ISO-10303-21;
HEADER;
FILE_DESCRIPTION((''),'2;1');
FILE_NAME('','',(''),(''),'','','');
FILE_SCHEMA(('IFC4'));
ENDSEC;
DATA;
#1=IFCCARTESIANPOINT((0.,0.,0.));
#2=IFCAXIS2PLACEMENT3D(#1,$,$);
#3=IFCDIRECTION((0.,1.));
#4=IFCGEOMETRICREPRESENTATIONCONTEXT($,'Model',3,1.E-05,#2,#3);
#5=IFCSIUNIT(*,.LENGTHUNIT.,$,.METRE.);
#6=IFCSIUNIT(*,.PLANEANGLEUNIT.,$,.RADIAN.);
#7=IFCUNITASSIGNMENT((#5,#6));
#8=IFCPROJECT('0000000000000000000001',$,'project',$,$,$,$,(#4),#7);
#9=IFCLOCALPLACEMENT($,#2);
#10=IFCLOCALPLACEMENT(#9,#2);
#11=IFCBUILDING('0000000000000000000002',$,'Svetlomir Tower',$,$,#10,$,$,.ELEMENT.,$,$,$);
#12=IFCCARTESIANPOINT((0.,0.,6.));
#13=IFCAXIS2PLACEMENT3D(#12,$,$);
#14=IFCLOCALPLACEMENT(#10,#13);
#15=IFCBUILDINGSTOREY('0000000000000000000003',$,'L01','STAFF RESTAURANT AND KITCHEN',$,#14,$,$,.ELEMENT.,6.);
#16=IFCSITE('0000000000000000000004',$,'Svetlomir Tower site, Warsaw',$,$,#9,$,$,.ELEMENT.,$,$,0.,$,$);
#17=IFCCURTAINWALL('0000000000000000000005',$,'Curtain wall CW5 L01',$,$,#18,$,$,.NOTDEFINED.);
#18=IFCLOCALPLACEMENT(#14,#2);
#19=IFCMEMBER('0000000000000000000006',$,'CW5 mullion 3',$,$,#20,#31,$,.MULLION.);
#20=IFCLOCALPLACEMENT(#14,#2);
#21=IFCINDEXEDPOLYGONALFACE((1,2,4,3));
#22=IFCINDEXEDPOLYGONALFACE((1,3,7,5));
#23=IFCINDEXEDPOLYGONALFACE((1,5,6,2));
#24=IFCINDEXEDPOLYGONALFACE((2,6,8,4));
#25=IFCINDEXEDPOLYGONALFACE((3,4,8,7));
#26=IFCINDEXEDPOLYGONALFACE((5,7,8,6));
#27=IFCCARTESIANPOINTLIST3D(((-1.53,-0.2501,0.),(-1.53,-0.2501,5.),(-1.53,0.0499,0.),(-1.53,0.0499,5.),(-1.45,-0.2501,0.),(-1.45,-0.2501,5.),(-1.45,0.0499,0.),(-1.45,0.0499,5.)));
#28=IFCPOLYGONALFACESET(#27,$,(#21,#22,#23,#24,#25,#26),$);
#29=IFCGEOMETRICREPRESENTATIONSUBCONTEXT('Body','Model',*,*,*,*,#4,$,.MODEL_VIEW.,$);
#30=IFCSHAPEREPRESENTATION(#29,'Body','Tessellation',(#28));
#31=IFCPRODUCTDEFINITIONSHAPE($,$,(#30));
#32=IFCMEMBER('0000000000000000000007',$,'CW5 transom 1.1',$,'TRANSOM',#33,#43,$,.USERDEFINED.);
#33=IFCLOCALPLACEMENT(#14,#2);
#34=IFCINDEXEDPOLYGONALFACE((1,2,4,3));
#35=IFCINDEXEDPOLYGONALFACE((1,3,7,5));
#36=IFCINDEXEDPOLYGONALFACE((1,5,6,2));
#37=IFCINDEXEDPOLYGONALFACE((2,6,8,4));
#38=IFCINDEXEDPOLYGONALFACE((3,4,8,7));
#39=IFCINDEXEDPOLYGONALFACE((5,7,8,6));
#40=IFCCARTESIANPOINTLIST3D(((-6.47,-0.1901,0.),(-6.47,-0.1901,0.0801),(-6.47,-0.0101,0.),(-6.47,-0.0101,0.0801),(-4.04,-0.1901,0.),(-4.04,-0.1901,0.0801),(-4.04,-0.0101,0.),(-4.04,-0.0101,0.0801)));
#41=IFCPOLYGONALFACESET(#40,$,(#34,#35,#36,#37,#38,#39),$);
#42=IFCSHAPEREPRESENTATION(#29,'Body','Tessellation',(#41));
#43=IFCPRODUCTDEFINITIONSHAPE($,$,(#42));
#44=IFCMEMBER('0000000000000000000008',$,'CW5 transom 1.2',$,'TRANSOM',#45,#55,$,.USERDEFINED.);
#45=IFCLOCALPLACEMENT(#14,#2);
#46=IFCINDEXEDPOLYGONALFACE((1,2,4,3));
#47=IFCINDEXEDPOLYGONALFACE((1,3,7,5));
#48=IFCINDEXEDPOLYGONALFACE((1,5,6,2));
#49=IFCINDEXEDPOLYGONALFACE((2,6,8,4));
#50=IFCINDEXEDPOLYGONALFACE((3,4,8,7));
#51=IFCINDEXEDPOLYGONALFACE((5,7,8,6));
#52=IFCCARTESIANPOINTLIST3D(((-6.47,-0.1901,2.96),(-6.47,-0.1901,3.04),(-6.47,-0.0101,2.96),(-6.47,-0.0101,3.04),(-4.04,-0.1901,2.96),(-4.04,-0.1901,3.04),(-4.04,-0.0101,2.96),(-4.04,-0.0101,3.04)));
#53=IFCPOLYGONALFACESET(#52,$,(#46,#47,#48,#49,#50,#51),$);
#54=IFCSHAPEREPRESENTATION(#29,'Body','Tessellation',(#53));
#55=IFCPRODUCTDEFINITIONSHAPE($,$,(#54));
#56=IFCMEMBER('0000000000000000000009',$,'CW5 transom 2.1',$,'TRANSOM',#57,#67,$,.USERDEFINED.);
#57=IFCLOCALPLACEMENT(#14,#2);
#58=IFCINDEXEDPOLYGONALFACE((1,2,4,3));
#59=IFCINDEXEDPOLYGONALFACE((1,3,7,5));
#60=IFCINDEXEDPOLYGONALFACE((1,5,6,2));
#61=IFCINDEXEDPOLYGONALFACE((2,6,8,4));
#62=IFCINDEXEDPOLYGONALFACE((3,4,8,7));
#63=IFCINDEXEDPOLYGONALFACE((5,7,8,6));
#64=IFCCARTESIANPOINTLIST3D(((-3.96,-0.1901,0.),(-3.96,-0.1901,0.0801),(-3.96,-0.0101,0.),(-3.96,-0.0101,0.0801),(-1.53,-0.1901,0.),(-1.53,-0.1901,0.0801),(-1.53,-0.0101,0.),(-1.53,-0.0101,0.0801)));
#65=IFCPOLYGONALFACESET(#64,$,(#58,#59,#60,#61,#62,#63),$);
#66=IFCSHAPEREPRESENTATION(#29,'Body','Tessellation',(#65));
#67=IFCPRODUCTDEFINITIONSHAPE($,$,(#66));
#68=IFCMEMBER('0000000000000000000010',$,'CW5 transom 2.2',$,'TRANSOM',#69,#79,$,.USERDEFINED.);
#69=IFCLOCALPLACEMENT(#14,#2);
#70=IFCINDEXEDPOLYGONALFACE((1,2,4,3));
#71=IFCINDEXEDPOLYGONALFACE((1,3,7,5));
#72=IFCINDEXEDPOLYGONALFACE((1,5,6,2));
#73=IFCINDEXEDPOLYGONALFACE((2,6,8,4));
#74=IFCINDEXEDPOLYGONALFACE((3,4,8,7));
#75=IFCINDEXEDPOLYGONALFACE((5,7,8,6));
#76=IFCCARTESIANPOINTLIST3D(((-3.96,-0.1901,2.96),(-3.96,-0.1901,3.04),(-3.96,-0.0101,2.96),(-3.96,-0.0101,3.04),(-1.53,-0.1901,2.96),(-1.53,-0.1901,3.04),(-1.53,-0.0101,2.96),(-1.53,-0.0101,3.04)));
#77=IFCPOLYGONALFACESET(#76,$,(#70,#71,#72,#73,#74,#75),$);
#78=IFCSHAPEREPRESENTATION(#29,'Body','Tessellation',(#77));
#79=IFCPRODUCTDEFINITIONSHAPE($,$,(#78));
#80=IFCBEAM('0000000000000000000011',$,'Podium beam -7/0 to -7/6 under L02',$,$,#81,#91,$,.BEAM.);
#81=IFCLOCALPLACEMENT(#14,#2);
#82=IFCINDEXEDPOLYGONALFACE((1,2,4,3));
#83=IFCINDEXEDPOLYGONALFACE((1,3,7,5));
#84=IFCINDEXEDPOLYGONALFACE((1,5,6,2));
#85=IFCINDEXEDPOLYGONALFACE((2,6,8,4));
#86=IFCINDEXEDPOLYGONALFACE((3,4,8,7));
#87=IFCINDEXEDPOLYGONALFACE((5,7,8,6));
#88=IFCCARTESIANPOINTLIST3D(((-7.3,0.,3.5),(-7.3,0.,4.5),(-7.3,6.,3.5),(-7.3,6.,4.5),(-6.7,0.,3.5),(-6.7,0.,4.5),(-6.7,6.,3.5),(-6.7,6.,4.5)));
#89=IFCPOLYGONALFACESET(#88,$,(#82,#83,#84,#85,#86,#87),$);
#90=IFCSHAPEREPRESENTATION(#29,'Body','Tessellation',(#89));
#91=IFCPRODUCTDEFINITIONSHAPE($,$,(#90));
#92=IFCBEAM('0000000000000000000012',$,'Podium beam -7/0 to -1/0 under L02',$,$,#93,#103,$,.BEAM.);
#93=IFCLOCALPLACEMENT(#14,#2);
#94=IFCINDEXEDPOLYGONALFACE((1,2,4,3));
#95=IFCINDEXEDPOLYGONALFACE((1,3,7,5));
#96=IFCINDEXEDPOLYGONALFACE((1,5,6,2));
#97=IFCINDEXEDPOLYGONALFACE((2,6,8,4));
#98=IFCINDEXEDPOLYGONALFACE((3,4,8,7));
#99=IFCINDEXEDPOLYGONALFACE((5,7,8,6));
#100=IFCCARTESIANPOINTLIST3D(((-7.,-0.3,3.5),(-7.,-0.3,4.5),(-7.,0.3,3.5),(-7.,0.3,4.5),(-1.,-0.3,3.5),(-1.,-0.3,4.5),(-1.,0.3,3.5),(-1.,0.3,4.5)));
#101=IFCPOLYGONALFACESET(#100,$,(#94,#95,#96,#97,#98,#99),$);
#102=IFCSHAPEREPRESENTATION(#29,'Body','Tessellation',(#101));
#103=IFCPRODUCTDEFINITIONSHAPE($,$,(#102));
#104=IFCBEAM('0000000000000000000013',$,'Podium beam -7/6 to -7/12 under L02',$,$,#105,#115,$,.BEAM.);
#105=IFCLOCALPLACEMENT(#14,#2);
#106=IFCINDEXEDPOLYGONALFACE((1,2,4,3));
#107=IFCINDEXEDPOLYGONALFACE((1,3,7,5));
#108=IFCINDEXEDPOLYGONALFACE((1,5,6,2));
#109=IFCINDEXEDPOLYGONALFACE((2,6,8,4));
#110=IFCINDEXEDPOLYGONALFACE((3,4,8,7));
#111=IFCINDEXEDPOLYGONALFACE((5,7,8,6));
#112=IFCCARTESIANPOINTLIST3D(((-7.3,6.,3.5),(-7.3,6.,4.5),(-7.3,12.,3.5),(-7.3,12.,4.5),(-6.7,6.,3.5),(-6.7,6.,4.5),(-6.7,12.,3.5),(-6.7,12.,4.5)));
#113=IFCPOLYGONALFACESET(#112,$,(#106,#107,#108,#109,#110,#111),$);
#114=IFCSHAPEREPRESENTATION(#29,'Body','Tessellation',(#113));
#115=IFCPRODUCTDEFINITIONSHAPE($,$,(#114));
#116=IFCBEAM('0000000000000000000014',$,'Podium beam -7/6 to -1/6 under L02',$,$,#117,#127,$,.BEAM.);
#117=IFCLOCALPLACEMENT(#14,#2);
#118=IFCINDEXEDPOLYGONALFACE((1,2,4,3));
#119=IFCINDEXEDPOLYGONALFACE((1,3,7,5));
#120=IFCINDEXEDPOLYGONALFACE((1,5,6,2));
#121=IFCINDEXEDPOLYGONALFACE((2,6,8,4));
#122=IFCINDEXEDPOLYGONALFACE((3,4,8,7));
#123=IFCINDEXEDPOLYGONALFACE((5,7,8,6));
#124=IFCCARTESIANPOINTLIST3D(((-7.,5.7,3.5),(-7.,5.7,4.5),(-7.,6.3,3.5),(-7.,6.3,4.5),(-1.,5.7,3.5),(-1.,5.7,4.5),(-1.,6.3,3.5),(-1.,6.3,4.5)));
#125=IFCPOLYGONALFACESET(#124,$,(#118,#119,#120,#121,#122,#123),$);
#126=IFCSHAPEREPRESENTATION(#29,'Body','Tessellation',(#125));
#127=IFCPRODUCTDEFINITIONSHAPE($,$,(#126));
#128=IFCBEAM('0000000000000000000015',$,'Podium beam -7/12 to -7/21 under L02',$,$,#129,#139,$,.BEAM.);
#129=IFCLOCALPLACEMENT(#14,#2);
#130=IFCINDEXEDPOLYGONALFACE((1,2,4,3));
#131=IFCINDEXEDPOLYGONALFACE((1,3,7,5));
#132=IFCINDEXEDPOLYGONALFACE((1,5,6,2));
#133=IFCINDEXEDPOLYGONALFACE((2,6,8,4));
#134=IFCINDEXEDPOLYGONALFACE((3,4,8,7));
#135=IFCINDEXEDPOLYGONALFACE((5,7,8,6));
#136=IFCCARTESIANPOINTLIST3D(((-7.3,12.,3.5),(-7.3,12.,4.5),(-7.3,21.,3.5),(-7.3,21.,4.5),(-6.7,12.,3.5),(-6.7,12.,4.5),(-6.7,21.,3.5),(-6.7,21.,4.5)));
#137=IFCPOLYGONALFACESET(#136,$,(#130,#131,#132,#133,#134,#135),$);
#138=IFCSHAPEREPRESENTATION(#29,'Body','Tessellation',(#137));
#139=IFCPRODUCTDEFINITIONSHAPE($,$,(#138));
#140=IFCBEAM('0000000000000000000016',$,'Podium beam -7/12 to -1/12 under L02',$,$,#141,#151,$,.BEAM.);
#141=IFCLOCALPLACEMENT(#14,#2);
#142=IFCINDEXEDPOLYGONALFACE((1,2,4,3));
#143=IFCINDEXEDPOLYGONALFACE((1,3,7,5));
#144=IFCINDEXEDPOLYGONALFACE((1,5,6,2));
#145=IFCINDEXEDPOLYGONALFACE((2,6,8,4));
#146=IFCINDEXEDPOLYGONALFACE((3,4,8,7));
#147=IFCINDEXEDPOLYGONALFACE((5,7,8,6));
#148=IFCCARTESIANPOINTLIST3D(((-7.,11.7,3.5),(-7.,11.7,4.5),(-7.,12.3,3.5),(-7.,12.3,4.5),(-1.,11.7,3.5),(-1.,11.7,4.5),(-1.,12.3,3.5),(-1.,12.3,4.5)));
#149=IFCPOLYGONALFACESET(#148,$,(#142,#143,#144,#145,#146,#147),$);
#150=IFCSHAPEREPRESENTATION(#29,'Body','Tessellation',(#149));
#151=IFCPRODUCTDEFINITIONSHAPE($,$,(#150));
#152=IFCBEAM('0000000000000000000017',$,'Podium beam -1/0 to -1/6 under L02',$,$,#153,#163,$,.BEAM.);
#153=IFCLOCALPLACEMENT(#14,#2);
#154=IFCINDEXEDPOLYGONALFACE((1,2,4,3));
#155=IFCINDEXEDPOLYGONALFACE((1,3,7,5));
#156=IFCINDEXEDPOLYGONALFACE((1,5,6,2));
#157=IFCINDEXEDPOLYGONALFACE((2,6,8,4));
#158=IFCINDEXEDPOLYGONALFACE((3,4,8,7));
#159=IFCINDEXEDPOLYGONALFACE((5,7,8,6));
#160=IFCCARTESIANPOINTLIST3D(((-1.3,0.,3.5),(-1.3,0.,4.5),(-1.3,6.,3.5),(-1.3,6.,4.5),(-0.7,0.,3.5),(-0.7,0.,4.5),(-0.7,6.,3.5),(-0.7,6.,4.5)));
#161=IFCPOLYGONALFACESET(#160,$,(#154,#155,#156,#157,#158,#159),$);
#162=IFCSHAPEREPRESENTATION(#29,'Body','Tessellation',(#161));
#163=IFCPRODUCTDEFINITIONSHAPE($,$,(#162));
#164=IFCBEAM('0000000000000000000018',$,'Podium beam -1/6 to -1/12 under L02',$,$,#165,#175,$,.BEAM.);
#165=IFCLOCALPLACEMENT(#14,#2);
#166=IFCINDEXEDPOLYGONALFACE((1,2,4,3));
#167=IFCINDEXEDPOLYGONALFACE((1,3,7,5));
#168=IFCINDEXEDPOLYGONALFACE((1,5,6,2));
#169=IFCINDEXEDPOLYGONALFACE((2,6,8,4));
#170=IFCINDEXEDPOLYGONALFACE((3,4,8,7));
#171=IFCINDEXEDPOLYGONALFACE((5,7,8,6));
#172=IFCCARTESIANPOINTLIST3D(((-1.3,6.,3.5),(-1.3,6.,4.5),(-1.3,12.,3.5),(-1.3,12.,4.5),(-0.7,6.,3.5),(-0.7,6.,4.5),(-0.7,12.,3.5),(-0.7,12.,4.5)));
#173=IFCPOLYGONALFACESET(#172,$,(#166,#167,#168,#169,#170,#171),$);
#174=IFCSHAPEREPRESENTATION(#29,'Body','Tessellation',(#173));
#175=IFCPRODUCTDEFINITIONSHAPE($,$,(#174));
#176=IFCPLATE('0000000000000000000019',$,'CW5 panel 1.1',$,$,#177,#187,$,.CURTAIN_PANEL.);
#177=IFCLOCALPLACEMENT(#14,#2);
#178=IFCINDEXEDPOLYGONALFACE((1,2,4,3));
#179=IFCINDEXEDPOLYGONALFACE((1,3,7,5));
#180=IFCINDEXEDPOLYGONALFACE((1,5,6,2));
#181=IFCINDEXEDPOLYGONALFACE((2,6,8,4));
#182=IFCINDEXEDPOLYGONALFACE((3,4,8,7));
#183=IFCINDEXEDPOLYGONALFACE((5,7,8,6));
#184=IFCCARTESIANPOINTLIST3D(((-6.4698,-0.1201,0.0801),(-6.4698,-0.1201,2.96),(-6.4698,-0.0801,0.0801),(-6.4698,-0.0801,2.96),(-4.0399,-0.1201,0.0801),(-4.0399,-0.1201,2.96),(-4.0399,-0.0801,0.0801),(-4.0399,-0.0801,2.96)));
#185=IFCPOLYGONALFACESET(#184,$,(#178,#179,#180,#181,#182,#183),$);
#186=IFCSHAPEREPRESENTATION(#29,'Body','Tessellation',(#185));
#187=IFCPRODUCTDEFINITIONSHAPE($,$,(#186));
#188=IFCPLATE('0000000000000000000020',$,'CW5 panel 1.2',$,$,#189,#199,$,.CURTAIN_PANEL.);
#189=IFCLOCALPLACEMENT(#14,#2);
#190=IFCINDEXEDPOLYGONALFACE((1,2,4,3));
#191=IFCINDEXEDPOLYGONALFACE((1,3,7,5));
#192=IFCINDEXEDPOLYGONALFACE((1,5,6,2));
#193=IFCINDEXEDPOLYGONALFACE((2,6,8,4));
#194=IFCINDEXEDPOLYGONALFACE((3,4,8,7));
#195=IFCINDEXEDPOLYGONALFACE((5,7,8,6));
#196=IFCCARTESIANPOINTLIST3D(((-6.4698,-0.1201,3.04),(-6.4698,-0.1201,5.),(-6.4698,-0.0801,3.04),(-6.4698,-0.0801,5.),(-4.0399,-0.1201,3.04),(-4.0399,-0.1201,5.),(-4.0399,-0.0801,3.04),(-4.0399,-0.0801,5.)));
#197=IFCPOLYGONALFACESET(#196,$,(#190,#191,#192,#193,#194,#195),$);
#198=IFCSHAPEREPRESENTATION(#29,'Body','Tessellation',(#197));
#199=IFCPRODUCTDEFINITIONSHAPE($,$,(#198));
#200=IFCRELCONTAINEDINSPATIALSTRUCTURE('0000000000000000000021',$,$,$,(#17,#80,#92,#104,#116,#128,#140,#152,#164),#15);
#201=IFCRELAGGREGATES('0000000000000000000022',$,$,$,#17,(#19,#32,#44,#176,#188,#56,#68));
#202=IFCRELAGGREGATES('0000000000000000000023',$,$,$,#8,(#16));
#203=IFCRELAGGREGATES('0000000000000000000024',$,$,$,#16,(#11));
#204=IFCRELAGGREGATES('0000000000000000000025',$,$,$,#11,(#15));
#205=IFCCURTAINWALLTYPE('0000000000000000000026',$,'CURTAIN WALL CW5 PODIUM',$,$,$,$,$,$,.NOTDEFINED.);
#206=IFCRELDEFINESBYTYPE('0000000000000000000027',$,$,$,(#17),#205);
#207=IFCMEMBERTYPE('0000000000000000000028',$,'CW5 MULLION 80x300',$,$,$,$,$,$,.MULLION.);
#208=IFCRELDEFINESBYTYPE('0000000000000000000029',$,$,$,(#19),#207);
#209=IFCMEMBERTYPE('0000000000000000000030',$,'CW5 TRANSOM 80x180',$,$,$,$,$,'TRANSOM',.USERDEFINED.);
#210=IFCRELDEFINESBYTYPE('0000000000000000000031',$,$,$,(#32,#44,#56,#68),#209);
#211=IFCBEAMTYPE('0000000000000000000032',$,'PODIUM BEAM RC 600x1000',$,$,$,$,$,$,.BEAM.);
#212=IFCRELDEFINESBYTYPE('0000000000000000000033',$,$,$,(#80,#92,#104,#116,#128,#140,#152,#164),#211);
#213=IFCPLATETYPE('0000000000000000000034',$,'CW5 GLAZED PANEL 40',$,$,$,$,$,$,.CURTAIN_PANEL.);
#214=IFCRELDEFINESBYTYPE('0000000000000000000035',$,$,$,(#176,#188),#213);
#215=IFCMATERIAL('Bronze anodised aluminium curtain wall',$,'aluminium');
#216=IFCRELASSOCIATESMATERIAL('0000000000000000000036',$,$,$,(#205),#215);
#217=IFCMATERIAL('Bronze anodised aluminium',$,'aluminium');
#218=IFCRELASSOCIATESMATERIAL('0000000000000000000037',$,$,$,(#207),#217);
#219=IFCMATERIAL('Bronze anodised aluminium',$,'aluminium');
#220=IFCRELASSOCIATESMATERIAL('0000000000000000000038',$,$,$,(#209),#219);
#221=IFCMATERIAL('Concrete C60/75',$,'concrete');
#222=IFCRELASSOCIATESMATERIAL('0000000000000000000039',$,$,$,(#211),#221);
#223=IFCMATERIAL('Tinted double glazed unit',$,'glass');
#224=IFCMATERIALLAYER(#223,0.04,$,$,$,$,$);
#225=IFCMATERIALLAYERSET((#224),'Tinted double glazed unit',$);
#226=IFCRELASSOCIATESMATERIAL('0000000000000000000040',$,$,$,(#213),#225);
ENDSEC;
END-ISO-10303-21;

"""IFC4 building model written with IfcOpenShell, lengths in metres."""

from ifc_helpers import new_model, si_unit, direction, frame, origin, origin_2d, place, context, subcontext, project, spatial, rectangle, extrude, material, layer, layer_set, material_profile, profile_set, type_object, element, aggregate, save


model = new_model("IFC4")

# Units and contexts
model_context = context("Model", 3, precision=1e-05, world=origin(), true_north=direction((0.0, 1.0)))
body_context = subcontext(model_context, "Body", "Model", "MODEL_VIEW")
ifc_project = project(units=[si_unit("LENGTHUNIT", "METRE"), si_unit("PLANEANGLEUNIT", "RADIAN")], contexts=[model_context])

# Site, building, storey
site_placement = place(None, origin())
site = spatial("IfcSite", under=ifc_project, at=site_placement, Name="Svetlomir Tower site, Warsaw", CompositionType="ELEMENT", RefElevation=0.0)
building_placement = place(site_placement, origin())
building = spatial("IfcBuilding", under=site, at=building_placement, Name="Svetlomir Tower", CompositionType="ELEMENT")
storey_placement = place(building_placement, frame((0.0, 0.0, 6.0)))
storey = spatial("IfcBuildingStorey", under=building, at=storey_placement, Name="L01", Description="STAFF RESTAURANT AND KITCHEN", CompositionType="ELEMENT", Elevation=6.0)

# Curtain wall, members
ifc_material_1 = material(Name="Bronze anodised aluminium curtain wall", Category="aluminium")
curtain_wall_type = type_object("IfcCurtainWallType", Name="CURTAIN WALL CW5 PODIUM", PredefinedType="NOTDEFINED", material=ifc_material_1)
curtain_wall_placement = place(storey_placement, origin())
curtain_wall = element("IfcCurtainWall", 1, at=curtain_wall_placement, inside=storey, type_object=curtain_wall_type, Name="Curtain wall CW5 L01", PredefinedType="NOTDEFINED")
ifc_material_2 = material(Name="Bronze anodised aluminium", Category="aluminium")
ifc_material_profile_1 = material_profile(ifc_material_2, rectangle(XDim=0.0801, YDim=0.3, at=origin_2d()), Name="AL 80x300")
ifc_profile_set_1 = profile_set([ifc_material_profile_1], Name="Bronze anodised aluminium 6063-T6")
member_type_1 = type_object("IfcMemberType", Name="CW5 MULLION 80x300", PredefinedType="MULLION", material=ifc_profile_set_1)
member_1_placement = place(storey_placement, frame((-1.49, -0.1001, 0.0), z_axis=(0.0, 0.0, 1.0), x_axis=(1.0, 0.0, 0.0)))
member_1 = element("IfcMember", 2, at=member_1_placement, type_object=member_type_1, Name="CW5 mullion 3", PredefinedType="MULLION", context=body_context, shape_type="SweptSolid", body=[
    extrude(rectangle(XDim=0.0801, YDim=0.3, at=origin_2d()), origin(), (0.0, 0.0, 1.0), 5.0),
])
ifc_material_3 = material(Name="Bronze anodised aluminium", Category="aluminium")
ifc_material_profile_2 = material_profile(ifc_material_3, rectangle(XDim=0.1799, YDim=0.0801, at=origin_2d()), Name="AL 180x80")
ifc_profile_set_2 = profile_set([ifc_material_profile_2], Name="Bronze anodised aluminium 6063-T6")
member_type_2 = type_object("IfcMemberType", Name="CW5 TRANSOM 80x180", ElementType="TRANSOM", PredefinedType="USERDEFINED", material=ifc_profile_set_2)
member_2_placement = place(storey_placement, frame((-6.47, -0.1001, 0.04), z_axis=(1.0, 0.0, 0.0), x_axis=(0.0, 1.0, 0.0)))
member_2 = element("IfcMember", 3, at=member_2_placement, type_object=member_type_2, Name="CW5 transom 1.1", ObjectType="TRANSOM", PredefinedType="USERDEFINED", context=body_context, shape_type="SweptSolid", body=[
    extrude(rectangle(XDim=0.1799, YDim=0.0801, at=origin_2d()), origin(), (0.0, 0.0, 1.0), 2.4299),
])
member_3_placement = place(storey_placement, frame((-6.47, -0.1001, 3.0), z_axis=(1.0, 0.0, 0.0), x_axis=(0.0, 1.0, 0.0)))
member_3 = element("IfcMember", 4, at=member_3_placement, type_object=member_type_2, Name="CW5 transom 1.2", ObjectType="TRANSOM", PredefinedType="USERDEFINED", context=body_context, shape_type="SweptSolid", body=[
    extrude(rectangle(XDim=0.1799, YDim=0.0801, at=origin_2d()), origin(), (0.0, 0.0, 1.0), 2.4299),
])
member_4_placement = place(storey_placement, frame((-3.96, -0.1001, 0.04), z_axis=(1.0, 0.0, 0.0), x_axis=(0.0, 1.0, 0.0)))
member_4 = element("IfcMember", 5, at=member_4_placement, type_object=member_type_2, Name="CW5 transom 2.1", ObjectType="TRANSOM", PredefinedType="USERDEFINED", context=body_context, shape_type="SweptSolid", body=[
    extrude(rectangle(XDim=0.1799, YDim=0.0801, at=origin_2d()), origin(), (0.0, 0.0, 1.0), 2.4299),
])
member_5_placement = place(storey_placement, frame((-3.96, -0.1001, 3.0), z_axis=(1.0, 0.0, 0.0), x_axis=(0.0, 1.0, 0.0)))
member_5 = element("IfcMember", 6, at=member_5_placement, type_object=member_type_2, Name="CW5 transom 2.2", ObjectType="TRANSOM", PredefinedType="USERDEFINED", context=body_context, shape_type="SweptSolid", body=[
    extrude(rectangle(XDim=0.1799, YDim=0.0801, at=origin_2d()), origin(), (0.0, 0.0, 1.0), 2.4299),
])

# Beams
ifc_material_4 = material(Name="Concrete C60/75", Category="concrete")
ifc_material_profile_3 = material_profile(ifc_material_4, rectangle(XDim=0.6001, YDim=1.0, at=origin_2d()), Name="RC 600x1000")
ifc_profile_set_3 = profile_set([ifc_material_profile_3], Name="Concrete C60/75")
beam_type = type_object("IfcBeamType", Name="PODIUM BEAM RC 600x1000", PredefinedType="BEAM", material=ifc_profile_set_3)
for number, where, z_axis, x_axis, name in (
    (7, (-7.0, 0.0, 4.0), (0.0, 1.0, 0.0), (-1.0, 0.0, 0.0), "Podium beam -7/0 to -7/6 under L02"),
    (8, (-7.0, 0.0, 4.0), (1.0, 0.0, 0.0), (0.0, 1.0, 0.0), "Podium beam -7/0 to -1/0 under L02"),
    (9, (-7.0, 6.0, 4.0), (0.0, 1.0, 0.0), (-1.0, 0.0, 0.0), "Podium beam -7/6 to -7/12 under L02"),
    (10, (-7.0, 6.0, 4.0), (1.0, 0.0, 0.0), (0.0, 1.0, 0.0), "Podium beam -7/6 to -1/6 under L02"),
):
    element("IfcBeam", number, at=place(storey_placement, frame(where, z_axis=z_axis, x_axis=x_axis)), inside=storey, type_object=beam_type, Name=name, PredefinedType="BEAM", context=body_context, shape_type="SweptSolid", body=[
        extrude(rectangle(XDim=0.6001, YDim=1.0, at=origin_2d()), origin(), (0.0, 0.0, 1.0), 6.0),
    ])
beam_placement = place(storey_placement, frame((-7.0, 12.0, 4.0), z_axis=(0.0, 1.0, 0.0), x_axis=(-1.0, 0.0, 0.0)))
element("IfcBeam", 11, at=beam_placement, inside=storey, type_object=beam_type, Name="Podium beam -7/12 to -7/21 under L02", PredefinedType="BEAM", context=body_context, shape_type="SweptSolid", body=[
    extrude(rectangle(XDim=0.6001, YDim=1.0, at=origin_2d()), origin(), (0.0, 0.0, 1.0), 9.0),
])
for number, where, z_axis, x_axis, name in (
    (12, (-7.0, 12.0, 4.0), (1.0, 0.0, 0.0), (0.0, 1.0, 0.0), "Podium beam -7/12 to -1/12 under L02"),
    (13, (-1.0, 0.0, 4.0), (0.0, 1.0, 0.0), (-1.0, 0.0, 0.0), "Podium beam -1/0 to -1/6 under L02"),
    (14, (-1.0, 6.0, 4.0), (0.0, 1.0, 0.0), (-1.0, 0.0, 0.0), "Podium beam -1/6 to -1/12 under L02"),
):
    element("IfcBeam", number, at=place(storey_placement, frame(where, z_axis=z_axis, x_axis=x_axis)), inside=storey, type_object=beam_type, Name=name, PredefinedType="BEAM", context=body_context, shape_type="SweptSolid", body=[
        extrude(rectangle(XDim=0.6001, YDim=1.0, at=origin_2d()), origin(), (0.0, 0.0, 1.0), 6.0),
    ])

# Plates
ifc_material_5 = material(Name="Tinted double glazed unit", Category="glass")
ifc_layer_1 = layer(ifc_material_5, 0.04)
ifc_layer_set_1 = layer_set([ifc_layer_1], Name="Tinted double glazed unit")
plate_type = type_object("IfcPlateType", Name="CW5 GLAZED PANEL 40", PredefinedType="CURTAIN_PANEL", material=ifc_layer_set_1)
plate_1_placement = place(storey_placement, frame((-5.2549, -0.1001, 0.0801), z_axis=(0.0, 0.0, 1.0), x_axis=(1.0, 0.0, 0.0)))
plate_1 = element("IfcPlate", 15, at=plate_1_placement, type_object=plate_type, Name="CW5 panel 1.1", PredefinedType="CURTAIN_PANEL", context=body_context, shape_type="SweptSolid", body=[
    extrude(rectangle(XDim=2.4299, YDim=0.04, at=origin_2d()), origin(), (0.0, 0.0, 1.0), 2.8799),
])
plate_2_placement = place(storey_placement, frame((-5.2549, -0.1001, 3.04), z_axis=(0.0, 0.0, 1.0), x_axis=(1.0, 0.0, 0.0)))
plate_2 = element("IfcPlate", 16, at=plate_2_placement, type_object=plate_type, Name="CW5 panel 1.2", PredefinedType="CURTAIN_PANEL", context=body_context, shape_type="SweptSolid", body=[
    extrude(rectangle(XDim=2.4299, YDim=0.04, at=origin_2d()), origin(), (0.0, 0.0, 1.0), 1.96),
])
aggregate(curtain_wall, [member_1, member_2, member_3, plate_1, plate_2, member_4, member_5])

save(model, "model.ifc")
